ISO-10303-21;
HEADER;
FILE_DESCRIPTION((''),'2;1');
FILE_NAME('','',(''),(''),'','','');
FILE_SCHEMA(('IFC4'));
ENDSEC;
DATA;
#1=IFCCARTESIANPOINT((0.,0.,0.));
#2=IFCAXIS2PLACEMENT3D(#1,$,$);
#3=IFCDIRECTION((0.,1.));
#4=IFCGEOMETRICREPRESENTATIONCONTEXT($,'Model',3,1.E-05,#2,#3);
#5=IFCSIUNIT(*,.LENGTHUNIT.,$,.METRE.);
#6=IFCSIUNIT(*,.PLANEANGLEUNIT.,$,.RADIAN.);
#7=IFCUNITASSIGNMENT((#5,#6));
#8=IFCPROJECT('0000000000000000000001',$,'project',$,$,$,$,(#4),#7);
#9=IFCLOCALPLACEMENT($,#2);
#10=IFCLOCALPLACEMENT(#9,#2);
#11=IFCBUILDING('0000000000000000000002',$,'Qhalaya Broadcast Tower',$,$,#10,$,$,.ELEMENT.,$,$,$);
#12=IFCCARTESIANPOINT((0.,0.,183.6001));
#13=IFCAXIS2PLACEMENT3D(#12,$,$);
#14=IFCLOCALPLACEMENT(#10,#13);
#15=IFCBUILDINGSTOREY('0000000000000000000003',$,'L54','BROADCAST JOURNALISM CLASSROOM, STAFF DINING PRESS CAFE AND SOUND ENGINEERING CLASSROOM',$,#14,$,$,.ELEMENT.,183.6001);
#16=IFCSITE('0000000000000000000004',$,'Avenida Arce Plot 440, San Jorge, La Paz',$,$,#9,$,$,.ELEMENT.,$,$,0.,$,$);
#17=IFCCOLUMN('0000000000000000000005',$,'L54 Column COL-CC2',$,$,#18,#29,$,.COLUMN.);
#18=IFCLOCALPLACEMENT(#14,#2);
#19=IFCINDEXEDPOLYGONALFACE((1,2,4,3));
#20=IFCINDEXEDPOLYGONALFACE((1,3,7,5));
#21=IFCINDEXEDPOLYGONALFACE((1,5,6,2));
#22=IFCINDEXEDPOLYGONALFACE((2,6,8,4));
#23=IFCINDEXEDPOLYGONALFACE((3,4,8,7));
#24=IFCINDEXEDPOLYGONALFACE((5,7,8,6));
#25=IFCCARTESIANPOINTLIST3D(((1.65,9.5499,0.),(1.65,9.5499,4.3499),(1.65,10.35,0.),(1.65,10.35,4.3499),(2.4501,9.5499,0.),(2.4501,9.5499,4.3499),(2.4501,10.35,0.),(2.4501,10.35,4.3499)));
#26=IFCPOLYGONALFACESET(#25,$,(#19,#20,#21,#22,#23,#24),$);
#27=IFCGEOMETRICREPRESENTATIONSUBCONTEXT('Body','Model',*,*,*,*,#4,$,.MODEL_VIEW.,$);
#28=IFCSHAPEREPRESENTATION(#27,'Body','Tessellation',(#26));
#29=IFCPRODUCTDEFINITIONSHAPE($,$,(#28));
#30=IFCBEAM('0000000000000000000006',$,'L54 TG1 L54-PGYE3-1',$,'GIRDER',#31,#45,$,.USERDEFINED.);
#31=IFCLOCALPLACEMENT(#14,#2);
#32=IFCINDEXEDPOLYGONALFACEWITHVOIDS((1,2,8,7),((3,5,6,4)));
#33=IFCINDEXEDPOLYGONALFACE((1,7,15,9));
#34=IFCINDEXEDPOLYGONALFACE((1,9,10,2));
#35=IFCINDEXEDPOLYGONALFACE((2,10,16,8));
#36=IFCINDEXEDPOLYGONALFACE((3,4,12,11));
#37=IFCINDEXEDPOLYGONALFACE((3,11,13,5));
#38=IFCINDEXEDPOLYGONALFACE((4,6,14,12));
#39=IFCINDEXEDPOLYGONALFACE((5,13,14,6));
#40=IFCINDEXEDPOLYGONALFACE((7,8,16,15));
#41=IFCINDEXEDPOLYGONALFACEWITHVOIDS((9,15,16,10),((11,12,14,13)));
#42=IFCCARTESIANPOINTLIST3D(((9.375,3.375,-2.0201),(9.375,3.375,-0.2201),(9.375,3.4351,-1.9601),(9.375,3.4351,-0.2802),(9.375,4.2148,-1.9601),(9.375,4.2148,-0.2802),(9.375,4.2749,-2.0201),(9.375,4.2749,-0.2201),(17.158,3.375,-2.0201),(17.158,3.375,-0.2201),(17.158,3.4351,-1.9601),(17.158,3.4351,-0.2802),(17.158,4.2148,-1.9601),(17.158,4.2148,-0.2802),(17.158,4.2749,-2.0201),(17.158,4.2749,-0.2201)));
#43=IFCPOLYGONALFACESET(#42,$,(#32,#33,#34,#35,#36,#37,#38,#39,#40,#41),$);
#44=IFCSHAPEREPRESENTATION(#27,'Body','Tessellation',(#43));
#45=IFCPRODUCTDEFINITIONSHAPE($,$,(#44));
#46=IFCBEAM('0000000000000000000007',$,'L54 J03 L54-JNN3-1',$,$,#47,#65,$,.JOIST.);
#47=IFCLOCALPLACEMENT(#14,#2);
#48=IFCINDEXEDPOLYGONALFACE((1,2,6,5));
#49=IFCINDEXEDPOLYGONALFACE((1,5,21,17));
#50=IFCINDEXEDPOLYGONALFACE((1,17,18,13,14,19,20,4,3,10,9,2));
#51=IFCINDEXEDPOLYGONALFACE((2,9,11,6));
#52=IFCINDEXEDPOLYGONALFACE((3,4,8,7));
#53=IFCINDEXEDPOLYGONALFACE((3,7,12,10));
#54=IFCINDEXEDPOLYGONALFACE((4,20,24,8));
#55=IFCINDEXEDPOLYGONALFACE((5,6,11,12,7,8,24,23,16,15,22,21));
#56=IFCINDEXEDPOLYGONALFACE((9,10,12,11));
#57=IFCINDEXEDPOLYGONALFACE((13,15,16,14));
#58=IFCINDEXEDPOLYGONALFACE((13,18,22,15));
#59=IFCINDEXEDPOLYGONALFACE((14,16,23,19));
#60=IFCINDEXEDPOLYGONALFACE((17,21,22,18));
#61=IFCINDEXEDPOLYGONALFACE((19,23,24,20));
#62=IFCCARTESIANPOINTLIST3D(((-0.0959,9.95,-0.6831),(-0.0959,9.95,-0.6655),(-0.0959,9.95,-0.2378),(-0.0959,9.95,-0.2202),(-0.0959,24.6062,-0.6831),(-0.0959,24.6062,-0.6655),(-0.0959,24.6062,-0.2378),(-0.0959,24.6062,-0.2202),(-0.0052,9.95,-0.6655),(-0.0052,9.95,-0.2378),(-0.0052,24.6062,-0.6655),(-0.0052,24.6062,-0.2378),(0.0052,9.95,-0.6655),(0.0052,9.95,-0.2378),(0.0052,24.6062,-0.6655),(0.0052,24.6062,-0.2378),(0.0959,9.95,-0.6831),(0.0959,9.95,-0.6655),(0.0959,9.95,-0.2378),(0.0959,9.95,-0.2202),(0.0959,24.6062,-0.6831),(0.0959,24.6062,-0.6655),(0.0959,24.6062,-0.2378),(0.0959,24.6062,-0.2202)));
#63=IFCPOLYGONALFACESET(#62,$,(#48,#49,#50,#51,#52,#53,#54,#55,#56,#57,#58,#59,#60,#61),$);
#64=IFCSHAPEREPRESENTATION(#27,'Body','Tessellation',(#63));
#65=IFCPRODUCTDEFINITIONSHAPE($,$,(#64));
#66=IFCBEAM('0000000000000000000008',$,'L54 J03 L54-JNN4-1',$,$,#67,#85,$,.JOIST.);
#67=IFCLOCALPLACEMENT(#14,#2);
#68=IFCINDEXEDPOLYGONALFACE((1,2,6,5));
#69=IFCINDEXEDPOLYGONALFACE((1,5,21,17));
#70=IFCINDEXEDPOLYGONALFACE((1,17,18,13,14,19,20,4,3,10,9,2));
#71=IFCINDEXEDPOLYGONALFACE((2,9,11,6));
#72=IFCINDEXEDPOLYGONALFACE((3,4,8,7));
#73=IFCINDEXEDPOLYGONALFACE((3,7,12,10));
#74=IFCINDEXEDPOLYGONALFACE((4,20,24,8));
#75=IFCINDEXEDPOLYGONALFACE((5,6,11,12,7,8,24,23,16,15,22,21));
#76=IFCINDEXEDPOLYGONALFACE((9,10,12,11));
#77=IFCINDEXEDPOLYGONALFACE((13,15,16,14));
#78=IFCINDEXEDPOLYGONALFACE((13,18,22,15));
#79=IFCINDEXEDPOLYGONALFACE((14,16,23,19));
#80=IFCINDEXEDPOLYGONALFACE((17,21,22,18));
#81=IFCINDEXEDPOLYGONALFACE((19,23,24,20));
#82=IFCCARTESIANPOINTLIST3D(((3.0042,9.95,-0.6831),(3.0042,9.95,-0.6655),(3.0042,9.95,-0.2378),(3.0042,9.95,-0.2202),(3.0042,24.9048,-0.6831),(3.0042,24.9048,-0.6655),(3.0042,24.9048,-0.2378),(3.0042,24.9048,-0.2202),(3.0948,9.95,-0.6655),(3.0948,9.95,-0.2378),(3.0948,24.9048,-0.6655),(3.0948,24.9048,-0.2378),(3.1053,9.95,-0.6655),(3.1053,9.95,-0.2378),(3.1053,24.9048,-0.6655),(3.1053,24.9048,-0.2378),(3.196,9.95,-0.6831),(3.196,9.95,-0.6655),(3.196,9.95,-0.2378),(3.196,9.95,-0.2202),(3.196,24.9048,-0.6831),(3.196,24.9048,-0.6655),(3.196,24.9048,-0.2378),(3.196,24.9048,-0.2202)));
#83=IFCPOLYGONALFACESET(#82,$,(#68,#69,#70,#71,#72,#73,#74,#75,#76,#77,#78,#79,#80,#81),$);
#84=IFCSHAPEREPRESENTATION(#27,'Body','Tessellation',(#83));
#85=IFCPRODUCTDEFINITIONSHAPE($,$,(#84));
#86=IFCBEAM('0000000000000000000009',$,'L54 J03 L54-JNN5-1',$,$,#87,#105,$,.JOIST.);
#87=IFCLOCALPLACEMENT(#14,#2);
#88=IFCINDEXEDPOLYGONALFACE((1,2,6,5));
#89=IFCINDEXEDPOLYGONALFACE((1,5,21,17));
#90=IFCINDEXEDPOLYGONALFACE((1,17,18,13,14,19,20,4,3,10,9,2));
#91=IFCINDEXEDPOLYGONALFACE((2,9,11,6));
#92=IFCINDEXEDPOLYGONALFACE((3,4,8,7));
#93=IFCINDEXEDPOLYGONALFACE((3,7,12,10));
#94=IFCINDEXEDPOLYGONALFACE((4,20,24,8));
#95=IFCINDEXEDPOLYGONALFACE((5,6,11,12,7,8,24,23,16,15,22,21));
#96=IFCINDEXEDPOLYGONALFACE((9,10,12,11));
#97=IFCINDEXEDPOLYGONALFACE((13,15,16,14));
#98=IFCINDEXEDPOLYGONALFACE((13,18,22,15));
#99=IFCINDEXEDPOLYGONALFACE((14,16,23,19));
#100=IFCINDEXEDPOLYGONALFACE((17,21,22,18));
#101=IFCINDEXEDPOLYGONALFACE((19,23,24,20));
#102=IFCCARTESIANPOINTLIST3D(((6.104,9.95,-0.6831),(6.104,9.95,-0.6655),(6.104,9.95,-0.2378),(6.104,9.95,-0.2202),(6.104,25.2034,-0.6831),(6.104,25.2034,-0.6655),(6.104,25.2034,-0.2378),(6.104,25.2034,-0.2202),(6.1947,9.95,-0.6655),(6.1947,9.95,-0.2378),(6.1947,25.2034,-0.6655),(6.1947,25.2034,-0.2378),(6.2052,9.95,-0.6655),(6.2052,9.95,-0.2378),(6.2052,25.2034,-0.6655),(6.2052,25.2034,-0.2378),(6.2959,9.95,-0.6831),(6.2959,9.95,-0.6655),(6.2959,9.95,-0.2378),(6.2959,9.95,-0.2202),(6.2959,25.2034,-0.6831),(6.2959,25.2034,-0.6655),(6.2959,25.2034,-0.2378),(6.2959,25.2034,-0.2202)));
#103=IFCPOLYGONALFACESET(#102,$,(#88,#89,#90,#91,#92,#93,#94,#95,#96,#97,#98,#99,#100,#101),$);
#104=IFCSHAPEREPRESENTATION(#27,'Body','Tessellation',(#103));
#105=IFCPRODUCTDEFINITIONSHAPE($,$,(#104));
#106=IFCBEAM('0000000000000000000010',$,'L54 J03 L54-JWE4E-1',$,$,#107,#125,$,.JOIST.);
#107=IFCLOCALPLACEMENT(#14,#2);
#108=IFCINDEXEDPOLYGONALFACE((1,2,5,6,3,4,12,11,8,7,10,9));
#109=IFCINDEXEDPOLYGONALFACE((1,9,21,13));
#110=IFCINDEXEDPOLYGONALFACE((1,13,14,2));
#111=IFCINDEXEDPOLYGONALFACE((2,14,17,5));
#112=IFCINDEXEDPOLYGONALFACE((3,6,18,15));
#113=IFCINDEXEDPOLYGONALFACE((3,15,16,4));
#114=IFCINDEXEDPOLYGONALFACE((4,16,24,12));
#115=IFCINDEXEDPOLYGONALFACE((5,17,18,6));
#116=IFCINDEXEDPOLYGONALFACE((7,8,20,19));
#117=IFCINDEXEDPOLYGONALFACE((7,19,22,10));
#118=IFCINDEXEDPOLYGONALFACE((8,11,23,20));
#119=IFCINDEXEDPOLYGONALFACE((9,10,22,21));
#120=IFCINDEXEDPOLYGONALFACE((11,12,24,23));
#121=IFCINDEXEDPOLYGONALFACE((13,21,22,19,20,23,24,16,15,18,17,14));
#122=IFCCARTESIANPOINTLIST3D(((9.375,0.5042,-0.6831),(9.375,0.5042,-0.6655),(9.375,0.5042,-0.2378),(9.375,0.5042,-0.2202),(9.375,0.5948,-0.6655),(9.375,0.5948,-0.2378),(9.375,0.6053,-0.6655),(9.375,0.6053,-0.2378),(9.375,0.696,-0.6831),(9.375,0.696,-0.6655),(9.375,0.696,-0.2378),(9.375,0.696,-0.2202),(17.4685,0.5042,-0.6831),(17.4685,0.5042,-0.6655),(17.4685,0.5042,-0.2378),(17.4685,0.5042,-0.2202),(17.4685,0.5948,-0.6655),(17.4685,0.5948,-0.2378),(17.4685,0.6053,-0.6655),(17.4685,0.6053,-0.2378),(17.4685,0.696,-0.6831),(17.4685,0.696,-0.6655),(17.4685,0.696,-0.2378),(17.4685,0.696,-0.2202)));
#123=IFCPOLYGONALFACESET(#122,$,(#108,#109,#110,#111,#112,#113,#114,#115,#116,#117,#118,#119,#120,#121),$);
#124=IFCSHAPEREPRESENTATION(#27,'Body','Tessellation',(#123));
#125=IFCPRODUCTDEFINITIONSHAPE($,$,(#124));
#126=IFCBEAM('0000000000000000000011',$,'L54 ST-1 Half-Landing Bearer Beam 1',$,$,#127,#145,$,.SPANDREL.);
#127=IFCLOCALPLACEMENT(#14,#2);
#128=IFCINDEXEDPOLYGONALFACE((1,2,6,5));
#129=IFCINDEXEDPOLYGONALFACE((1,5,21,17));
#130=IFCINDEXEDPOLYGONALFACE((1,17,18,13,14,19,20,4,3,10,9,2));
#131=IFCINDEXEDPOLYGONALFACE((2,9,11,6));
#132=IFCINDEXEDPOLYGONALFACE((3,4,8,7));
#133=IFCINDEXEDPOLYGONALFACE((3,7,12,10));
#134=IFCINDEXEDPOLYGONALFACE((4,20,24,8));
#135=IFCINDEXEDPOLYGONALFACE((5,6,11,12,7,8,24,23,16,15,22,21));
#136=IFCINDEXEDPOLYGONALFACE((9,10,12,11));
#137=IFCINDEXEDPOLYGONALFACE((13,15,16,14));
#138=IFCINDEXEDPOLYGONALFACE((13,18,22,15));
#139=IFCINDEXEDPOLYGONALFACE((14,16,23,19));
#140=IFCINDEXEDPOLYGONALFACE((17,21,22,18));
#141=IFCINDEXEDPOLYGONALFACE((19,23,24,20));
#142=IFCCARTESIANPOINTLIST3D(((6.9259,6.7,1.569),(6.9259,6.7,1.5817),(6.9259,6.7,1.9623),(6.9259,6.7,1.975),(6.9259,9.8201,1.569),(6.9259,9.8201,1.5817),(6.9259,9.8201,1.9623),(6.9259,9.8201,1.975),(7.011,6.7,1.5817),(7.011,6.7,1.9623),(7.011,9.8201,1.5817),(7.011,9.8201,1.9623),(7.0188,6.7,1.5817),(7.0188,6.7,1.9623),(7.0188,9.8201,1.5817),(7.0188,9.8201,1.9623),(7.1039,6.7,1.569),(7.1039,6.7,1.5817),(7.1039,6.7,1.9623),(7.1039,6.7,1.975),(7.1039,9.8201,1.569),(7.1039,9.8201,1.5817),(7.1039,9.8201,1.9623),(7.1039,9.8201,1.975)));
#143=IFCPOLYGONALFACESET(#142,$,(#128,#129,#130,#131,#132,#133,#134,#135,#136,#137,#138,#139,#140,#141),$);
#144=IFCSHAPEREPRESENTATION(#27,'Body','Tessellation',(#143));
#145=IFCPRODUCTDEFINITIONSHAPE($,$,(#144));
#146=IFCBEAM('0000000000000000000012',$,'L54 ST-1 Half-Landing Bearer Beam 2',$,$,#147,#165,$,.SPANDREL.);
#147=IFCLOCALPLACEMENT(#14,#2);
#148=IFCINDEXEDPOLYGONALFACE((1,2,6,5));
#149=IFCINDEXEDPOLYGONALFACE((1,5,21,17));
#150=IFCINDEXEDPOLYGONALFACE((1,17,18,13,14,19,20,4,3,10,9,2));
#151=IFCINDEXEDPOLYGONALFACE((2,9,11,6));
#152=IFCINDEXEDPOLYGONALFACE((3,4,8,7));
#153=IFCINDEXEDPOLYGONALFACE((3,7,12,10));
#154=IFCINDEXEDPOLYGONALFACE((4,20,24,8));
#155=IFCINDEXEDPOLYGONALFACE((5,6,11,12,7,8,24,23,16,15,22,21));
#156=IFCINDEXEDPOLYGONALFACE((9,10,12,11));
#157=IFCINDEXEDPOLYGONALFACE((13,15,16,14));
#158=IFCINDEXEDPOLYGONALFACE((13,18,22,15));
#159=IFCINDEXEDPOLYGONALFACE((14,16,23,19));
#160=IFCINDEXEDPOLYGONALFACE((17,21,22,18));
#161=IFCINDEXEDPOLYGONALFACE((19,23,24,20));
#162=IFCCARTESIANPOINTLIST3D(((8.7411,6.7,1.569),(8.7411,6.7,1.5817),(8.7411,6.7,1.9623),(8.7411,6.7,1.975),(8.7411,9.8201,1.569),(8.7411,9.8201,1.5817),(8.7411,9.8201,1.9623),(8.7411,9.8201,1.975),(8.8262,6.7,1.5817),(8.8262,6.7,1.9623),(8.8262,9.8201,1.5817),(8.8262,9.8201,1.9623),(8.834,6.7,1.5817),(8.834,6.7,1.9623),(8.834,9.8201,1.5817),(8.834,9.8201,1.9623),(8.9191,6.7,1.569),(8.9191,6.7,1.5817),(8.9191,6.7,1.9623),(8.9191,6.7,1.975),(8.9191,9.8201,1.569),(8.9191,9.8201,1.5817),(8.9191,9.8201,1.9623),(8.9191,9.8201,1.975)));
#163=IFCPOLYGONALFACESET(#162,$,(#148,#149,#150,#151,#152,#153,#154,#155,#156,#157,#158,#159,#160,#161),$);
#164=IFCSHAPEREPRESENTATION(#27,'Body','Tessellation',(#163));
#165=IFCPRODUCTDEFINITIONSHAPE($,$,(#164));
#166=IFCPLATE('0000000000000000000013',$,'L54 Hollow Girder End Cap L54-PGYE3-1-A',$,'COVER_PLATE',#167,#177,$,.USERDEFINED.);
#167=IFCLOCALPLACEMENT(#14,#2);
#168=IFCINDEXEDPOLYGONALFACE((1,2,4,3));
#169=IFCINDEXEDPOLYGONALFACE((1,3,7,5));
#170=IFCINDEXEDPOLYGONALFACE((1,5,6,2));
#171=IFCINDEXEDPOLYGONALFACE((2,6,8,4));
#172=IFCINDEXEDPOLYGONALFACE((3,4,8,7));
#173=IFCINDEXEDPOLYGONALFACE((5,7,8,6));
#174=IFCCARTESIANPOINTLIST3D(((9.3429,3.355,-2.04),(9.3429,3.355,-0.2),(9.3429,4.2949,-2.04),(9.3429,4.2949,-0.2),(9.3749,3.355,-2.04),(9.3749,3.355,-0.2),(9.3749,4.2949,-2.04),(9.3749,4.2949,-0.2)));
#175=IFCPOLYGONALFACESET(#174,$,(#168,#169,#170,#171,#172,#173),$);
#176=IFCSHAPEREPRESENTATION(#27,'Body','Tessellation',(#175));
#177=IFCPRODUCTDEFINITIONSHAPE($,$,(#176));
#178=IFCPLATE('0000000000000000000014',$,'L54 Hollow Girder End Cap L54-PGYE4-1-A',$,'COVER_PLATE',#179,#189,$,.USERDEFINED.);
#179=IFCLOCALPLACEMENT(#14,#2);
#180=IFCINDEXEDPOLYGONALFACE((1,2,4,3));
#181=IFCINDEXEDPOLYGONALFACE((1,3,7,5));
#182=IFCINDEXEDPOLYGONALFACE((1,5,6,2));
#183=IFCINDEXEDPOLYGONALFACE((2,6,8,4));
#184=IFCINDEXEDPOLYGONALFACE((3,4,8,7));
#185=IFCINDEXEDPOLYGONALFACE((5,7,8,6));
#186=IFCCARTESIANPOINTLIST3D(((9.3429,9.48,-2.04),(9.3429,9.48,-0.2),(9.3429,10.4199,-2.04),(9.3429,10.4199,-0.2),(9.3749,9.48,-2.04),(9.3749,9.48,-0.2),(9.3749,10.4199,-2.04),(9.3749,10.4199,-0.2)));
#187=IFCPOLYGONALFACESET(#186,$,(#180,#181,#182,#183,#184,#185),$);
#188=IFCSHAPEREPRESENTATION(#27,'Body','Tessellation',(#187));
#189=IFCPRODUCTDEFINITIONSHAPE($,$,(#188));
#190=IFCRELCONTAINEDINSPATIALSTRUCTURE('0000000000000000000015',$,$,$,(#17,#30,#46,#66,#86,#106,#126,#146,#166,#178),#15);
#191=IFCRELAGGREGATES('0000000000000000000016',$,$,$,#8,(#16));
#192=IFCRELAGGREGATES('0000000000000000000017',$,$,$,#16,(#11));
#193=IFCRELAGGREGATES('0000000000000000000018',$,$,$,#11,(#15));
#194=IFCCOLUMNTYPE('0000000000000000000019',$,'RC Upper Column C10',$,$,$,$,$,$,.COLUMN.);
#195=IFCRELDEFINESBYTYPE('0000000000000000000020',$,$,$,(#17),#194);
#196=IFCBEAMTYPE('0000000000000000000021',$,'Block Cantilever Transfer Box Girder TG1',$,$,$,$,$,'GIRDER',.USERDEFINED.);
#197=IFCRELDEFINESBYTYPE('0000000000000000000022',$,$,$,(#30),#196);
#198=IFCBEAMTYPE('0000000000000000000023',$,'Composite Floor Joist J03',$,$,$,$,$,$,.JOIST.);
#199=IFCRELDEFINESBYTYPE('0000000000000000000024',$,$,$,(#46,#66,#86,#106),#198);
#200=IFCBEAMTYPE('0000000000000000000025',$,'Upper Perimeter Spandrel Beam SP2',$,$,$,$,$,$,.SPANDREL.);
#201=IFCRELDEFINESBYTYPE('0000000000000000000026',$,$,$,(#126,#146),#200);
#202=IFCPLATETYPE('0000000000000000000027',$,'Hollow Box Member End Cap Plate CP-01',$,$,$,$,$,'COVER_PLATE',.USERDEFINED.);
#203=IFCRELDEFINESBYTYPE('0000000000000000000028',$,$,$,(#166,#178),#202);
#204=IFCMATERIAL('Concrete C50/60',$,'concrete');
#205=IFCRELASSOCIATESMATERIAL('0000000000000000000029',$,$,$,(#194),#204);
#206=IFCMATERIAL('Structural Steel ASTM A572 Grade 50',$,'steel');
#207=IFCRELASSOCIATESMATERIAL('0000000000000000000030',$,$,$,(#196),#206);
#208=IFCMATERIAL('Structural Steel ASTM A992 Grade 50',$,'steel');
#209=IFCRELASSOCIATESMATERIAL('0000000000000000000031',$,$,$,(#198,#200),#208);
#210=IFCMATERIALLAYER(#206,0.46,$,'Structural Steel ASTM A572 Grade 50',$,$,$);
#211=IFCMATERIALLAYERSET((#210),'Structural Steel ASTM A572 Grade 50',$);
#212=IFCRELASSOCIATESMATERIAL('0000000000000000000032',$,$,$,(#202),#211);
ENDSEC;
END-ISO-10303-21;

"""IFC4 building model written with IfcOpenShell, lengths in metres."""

from ifc_helpers import new_model, si_unit, direction, frame, origin, origin_2d, place, context, subcontext, project, spatial, rectangle, hollow_rectangle, i_section, extrude, material, layer, layer_set, material_profile, profile_set, type_object, element, save


model = new_model("IFC4")

# Units and contexts
model_context = context("Model", 3, precision=1e-05, world=origin(), true_north=direction((0.0, 1.0)))
body_context = subcontext(model_context, "Body", "Model", "MODEL_VIEW")
ifc_project = project(units=[si_unit("LENGTHUNIT", "METRE"), si_unit("PLANEANGLEUNIT", "RADIAN")], contexts=[model_context])

# Site, building, storey
site_placement = place(None, origin())
site = spatial("IfcSite", under=ifc_project, at=site_placement, Name="Avenida Arce Plot 440, San Jorge, La Paz", CompositionType="ELEMENT", RefElevation=0.0)
building_placement = place(site_placement, origin())
building = spatial("IfcBuilding", under=site, at=building_placement, Name="Qhalaya Broadcast Tower", CompositionType="ELEMENT")
storey_placement = place(building_placement, frame((0.0, 0.0, 183.6001)))
storey = spatial("IfcBuildingStorey", under=building, at=storey_placement, Name="L54", Description="BROADCAST JOURNALISM CLASSROOM, STAFF DINING PRESS CAFE AND SOUND ENGINEERING CLASSROOM", CompositionType="ELEMENT", Elevation=183.6001)

# Column
ifc_material_1 = material(Name="Concrete C50/60", Category="concrete")
ifc_material_profile_1 = material_profile(ifc_material_1, rectangle(XDim=0.8, YDim=0.8, at=origin_2d()), Name="RC-COL 800x800")
ifc_profile_set_1 = profile_set([ifc_material_profile_1], Name="Concrete C50/60")
column_type = type_object("IfcColumnType", Name="RC Upper Column C10", PredefinedType="COLUMN", material=ifc_profile_set_1)
column_placement = place(storey_placement, frame((2.05, 9.95, 0.0), z_axis=(0.0, 0.0, 1.0), x_axis=(1.0, 0.0, 0.0)))
element("IfcColumn", 1, at=column_placement, inside=storey, type_object=column_type, Name="L54 Column COL-CC2", PredefinedType="COLUMN", context=body_context, shape_type="SweptSolid", body=[
    extrude(rectangle(XDim=0.8, YDim=0.8, at=origin_2d()), origin(), (0.0, 0.0, 1.0), 4.3499),
])

# Beams
ifc_material_2 = material(Name="Structural Steel ASTM A572 Grade 50", Category="steel")
ifc_material_profile_2 = material_profile(ifc_material_2, hollow_rectangle(XDim=0.8999, YDim=1.8, WallThickness=0.0601, at=origin_2d()), Name="BOX 900x1800x60")
ifc_profile_set_2 = profile_set([ifc_material_profile_2], Name="Structural Steel ASTM A572 Grade 50")
beam_type_1 = type_object("IfcBeamType", Name="Block Cantilever Transfer Box Girder TG1", ElementType="GIRDER", PredefinedType="USERDEFINED", material=ifc_profile_set_2)
beam_1_placement = place(storey_placement, frame((9.375, 3.825, -1.1201), z_axis=(1.0, 0.0, 0.0), x_axis=(0.0, 1.0, 0.0)))
element("IfcBeam", 2, at=beam_1_placement, inside=storey, type_object=beam_type_1, Name="L54 TG1 L54-PGYE3-1", ObjectType="GIRDER", PredefinedType="USERDEFINED", context=body_context, shape_type="SweptSolid", body=[
    extrude(hollow_rectangle(XDim=0.8999, YDim=1.8, WallThickness=0.0601, at=origin_2d()), origin(), (0.0, 0.0, 1.0), 7.783),
])
ifc_material_3 = material(Name="Structural Steel ASTM A992 Grade 50", Category="steel")
ifc_material_profile_3 = material_profile(ifc_material_3, i_section(OverallWidth=0.1919, OverallDepth=0.4629, WebThickness=0.0105, FlangeThickness=0.0176, at=origin_2d()), Name="W18X60")
ifc_profile_set_3 = profile_set([ifc_material_profile_3], Name="Structural Steel ASTM A992 Grade 50")
beam_type_2 = type_object("IfcBeamType", Name="Composite Floor Joist J03", PredefinedType="JOIST", material=ifc_profile_set_3)
beam_2_placement = place(storey_placement, frame((0.0, 9.95, -0.4517), z_axis=(0.0, 1.0, 0.0), x_axis=(-1.0, 0.0, 0.0)))
element("IfcBeam", 3, at=beam_2_placement, inside=storey, type_object=beam_type_2, Name="L54 J03 L54-JNN3-1", PredefinedType="JOIST", context=body_context, shape_type="SweptSolid", body=[
    extrude(i_section(OverallWidth=0.1919, OverallDepth=0.4629, WebThickness=0.0105, FlangeThickness=0.0176, at=origin_2d()), origin(), (0.0, 0.0, 1.0), 14.6562),
])
beam_3_placement = place(storey_placement, frame((3.1001, 9.95, -0.4517), z_axis=(0.0, 1.0, 0.0), x_axis=(-1.0, 0.0, 0.0)))
element("IfcBeam", 4, at=beam_3_placement, inside=storey, type_object=beam_type_2, Name="L54 J03 L54-JNN4-1", PredefinedType="JOIST", context=body_context, shape_type="SweptSolid", body=[
    extrude(i_section(OverallWidth=0.1919, OverallDepth=0.4629, WebThickness=0.0105, FlangeThickness=0.0176, at=origin_2d()), origin(), (0.0, 0.0, 1.0), 14.9548),
])
beam_4_placement = place(storey_placement, frame((6.2, 9.95, -0.4517), z_axis=(0.0, 1.0, 0.0), x_axis=(-1.0, 0.0, 0.0)))
element("IfcBeam", 5, at=beam_4_placement, inside=storey, type_object=beam_type_2, Name="L54 J03 L54-JNN5-1", PredefinedType="JOIST", context=body_context, shape_type="SweptSolid", body=[
    extrude(i_section(OverallWidth=0.1919, OverallDepth=0.4629, WebThickness=0.0105, FlangeThickness=0.0176, at=origin_2d()), origin(), (0.0, 0.0, 1.0), 15.2534),
])
beam_5_placement = place(storey_placement, frame((9.375, 0.6001, -0.4517), z_axis=(1.0, 0.0, 0.0), x_axis=(0.0, 1.0, 0.0)))
element("IfcBeam", 6, at=beam_5_placement, inside=storey, type_object=beam_type_2, Name="L54 J03 L54-JWE4E-1", PredefinedType="JOIST", context=body_context, shape_type="SweptSolid", body=[
    extrude(i_section(OverallWidth=0.1919, OverallDepth=0.4629, WebThickness=0.0105, FlangeThickness=0.0176, at=origin_2d()), origin(), (0.0, 0.0, 1.0), 8.0935),
])
ifc_material_profile_4 = material_profile(ifc_material_3, i_section(OverallWidth=0.178, OverallDepth=0.406, WebThickness=0.0078, FlangeThickness=0.0127, at=origin_2d()), Name="W16X40")
ifc_profile_set_4 = profile_set([ifc_material_profile_4], Name="Structural Steel ASTM A992 Grade 50")
beam_type_3 = type_object("IfcBeamType", Name="Upper Perimeter Spandrel Beam SP2", PredefinedType="SPANDREL", material=ifc_profile_set_4)
for number, where, z_axis, x_axis, name in (
    (7, (7.0149, 6.7, 1.772), (0.0, 1.0, 0.0), (-1.0, 0.0, 0.0), "L54 ST-1 Half-Landing Bearer Beam 1"),
    (8, (8.8301, 6.7, 1.772), (0.0, 1.0, 0.0), (-1.0, 0.0, 0.0), "L54 ST-1 Half-Landing Bearer Beam 2"),
):
    element("IfcBeam", number, at=place(storey_placement, frame(where, z_axis=z_axis, x_axis=x_axis)), inside=storey, type_object=beam_type_3, Name=name, PredefinedType="SPANDREL", context=body_context, shape_type="SweptSolid", body=[
        extrude(i_section(OverallWidth=0.178, OverallDepth=0.406, WebThickness=0.0078, FlangeThickness=0.0127, at=origin_2d()), origin(), (0.0, 0.0, 1.0), 3.1201),
    ])

# Plates
ifc_layer_1 = layer(ifc_material_2, 0.46, Name="Structural Steel ASTM A572 Grade 50")
ifc_layer_set_1 = layer_set([ifc_layer_1], Name="Structural Steel ASTM A572 Grade 50")
plate_type = type_object("IfcPlateType", Name="Hollow Box Member End Cap Plate CP-01", ElementType="COVER_PLATE", PredefinedType="USERDEFINED", material=ifc_layer_set_1)
for number, where, z_axis, x_axis, name in (
    (9, (9.3589, 3.825, -2.04), (0.0, 0.0, 1.0), (0.0, 1.0, 0.0), "L54 Hollow Girder End Cap L54-PGYE3-1-A"),
    (10, (9.3589, 9.95, -2.04), (0.0, 0.0, 1.0), (0.0, 1.0, 0.0), "L54 Hollow Girder End Cap L54-PGYE4-1-A"),
):
    element("IfcPlate", number, at=place(storey_placement, frame(where, z_axis=z_axis, x_axis=x_axis)), inside=storey, type_object=plate_type, Name=name, ObjectType="COVER_PLATE", PredefinedType="USERDEFINED", context=body_context, shape_type="SweptSolid", body=[
        extrude(rectangle(XDim=0.9399, YDim=0.032, at=origin_2d()), origin(), (0.0, 0.0, 1.0), 1.8401),
    ])

save(model, "model.ifc")
